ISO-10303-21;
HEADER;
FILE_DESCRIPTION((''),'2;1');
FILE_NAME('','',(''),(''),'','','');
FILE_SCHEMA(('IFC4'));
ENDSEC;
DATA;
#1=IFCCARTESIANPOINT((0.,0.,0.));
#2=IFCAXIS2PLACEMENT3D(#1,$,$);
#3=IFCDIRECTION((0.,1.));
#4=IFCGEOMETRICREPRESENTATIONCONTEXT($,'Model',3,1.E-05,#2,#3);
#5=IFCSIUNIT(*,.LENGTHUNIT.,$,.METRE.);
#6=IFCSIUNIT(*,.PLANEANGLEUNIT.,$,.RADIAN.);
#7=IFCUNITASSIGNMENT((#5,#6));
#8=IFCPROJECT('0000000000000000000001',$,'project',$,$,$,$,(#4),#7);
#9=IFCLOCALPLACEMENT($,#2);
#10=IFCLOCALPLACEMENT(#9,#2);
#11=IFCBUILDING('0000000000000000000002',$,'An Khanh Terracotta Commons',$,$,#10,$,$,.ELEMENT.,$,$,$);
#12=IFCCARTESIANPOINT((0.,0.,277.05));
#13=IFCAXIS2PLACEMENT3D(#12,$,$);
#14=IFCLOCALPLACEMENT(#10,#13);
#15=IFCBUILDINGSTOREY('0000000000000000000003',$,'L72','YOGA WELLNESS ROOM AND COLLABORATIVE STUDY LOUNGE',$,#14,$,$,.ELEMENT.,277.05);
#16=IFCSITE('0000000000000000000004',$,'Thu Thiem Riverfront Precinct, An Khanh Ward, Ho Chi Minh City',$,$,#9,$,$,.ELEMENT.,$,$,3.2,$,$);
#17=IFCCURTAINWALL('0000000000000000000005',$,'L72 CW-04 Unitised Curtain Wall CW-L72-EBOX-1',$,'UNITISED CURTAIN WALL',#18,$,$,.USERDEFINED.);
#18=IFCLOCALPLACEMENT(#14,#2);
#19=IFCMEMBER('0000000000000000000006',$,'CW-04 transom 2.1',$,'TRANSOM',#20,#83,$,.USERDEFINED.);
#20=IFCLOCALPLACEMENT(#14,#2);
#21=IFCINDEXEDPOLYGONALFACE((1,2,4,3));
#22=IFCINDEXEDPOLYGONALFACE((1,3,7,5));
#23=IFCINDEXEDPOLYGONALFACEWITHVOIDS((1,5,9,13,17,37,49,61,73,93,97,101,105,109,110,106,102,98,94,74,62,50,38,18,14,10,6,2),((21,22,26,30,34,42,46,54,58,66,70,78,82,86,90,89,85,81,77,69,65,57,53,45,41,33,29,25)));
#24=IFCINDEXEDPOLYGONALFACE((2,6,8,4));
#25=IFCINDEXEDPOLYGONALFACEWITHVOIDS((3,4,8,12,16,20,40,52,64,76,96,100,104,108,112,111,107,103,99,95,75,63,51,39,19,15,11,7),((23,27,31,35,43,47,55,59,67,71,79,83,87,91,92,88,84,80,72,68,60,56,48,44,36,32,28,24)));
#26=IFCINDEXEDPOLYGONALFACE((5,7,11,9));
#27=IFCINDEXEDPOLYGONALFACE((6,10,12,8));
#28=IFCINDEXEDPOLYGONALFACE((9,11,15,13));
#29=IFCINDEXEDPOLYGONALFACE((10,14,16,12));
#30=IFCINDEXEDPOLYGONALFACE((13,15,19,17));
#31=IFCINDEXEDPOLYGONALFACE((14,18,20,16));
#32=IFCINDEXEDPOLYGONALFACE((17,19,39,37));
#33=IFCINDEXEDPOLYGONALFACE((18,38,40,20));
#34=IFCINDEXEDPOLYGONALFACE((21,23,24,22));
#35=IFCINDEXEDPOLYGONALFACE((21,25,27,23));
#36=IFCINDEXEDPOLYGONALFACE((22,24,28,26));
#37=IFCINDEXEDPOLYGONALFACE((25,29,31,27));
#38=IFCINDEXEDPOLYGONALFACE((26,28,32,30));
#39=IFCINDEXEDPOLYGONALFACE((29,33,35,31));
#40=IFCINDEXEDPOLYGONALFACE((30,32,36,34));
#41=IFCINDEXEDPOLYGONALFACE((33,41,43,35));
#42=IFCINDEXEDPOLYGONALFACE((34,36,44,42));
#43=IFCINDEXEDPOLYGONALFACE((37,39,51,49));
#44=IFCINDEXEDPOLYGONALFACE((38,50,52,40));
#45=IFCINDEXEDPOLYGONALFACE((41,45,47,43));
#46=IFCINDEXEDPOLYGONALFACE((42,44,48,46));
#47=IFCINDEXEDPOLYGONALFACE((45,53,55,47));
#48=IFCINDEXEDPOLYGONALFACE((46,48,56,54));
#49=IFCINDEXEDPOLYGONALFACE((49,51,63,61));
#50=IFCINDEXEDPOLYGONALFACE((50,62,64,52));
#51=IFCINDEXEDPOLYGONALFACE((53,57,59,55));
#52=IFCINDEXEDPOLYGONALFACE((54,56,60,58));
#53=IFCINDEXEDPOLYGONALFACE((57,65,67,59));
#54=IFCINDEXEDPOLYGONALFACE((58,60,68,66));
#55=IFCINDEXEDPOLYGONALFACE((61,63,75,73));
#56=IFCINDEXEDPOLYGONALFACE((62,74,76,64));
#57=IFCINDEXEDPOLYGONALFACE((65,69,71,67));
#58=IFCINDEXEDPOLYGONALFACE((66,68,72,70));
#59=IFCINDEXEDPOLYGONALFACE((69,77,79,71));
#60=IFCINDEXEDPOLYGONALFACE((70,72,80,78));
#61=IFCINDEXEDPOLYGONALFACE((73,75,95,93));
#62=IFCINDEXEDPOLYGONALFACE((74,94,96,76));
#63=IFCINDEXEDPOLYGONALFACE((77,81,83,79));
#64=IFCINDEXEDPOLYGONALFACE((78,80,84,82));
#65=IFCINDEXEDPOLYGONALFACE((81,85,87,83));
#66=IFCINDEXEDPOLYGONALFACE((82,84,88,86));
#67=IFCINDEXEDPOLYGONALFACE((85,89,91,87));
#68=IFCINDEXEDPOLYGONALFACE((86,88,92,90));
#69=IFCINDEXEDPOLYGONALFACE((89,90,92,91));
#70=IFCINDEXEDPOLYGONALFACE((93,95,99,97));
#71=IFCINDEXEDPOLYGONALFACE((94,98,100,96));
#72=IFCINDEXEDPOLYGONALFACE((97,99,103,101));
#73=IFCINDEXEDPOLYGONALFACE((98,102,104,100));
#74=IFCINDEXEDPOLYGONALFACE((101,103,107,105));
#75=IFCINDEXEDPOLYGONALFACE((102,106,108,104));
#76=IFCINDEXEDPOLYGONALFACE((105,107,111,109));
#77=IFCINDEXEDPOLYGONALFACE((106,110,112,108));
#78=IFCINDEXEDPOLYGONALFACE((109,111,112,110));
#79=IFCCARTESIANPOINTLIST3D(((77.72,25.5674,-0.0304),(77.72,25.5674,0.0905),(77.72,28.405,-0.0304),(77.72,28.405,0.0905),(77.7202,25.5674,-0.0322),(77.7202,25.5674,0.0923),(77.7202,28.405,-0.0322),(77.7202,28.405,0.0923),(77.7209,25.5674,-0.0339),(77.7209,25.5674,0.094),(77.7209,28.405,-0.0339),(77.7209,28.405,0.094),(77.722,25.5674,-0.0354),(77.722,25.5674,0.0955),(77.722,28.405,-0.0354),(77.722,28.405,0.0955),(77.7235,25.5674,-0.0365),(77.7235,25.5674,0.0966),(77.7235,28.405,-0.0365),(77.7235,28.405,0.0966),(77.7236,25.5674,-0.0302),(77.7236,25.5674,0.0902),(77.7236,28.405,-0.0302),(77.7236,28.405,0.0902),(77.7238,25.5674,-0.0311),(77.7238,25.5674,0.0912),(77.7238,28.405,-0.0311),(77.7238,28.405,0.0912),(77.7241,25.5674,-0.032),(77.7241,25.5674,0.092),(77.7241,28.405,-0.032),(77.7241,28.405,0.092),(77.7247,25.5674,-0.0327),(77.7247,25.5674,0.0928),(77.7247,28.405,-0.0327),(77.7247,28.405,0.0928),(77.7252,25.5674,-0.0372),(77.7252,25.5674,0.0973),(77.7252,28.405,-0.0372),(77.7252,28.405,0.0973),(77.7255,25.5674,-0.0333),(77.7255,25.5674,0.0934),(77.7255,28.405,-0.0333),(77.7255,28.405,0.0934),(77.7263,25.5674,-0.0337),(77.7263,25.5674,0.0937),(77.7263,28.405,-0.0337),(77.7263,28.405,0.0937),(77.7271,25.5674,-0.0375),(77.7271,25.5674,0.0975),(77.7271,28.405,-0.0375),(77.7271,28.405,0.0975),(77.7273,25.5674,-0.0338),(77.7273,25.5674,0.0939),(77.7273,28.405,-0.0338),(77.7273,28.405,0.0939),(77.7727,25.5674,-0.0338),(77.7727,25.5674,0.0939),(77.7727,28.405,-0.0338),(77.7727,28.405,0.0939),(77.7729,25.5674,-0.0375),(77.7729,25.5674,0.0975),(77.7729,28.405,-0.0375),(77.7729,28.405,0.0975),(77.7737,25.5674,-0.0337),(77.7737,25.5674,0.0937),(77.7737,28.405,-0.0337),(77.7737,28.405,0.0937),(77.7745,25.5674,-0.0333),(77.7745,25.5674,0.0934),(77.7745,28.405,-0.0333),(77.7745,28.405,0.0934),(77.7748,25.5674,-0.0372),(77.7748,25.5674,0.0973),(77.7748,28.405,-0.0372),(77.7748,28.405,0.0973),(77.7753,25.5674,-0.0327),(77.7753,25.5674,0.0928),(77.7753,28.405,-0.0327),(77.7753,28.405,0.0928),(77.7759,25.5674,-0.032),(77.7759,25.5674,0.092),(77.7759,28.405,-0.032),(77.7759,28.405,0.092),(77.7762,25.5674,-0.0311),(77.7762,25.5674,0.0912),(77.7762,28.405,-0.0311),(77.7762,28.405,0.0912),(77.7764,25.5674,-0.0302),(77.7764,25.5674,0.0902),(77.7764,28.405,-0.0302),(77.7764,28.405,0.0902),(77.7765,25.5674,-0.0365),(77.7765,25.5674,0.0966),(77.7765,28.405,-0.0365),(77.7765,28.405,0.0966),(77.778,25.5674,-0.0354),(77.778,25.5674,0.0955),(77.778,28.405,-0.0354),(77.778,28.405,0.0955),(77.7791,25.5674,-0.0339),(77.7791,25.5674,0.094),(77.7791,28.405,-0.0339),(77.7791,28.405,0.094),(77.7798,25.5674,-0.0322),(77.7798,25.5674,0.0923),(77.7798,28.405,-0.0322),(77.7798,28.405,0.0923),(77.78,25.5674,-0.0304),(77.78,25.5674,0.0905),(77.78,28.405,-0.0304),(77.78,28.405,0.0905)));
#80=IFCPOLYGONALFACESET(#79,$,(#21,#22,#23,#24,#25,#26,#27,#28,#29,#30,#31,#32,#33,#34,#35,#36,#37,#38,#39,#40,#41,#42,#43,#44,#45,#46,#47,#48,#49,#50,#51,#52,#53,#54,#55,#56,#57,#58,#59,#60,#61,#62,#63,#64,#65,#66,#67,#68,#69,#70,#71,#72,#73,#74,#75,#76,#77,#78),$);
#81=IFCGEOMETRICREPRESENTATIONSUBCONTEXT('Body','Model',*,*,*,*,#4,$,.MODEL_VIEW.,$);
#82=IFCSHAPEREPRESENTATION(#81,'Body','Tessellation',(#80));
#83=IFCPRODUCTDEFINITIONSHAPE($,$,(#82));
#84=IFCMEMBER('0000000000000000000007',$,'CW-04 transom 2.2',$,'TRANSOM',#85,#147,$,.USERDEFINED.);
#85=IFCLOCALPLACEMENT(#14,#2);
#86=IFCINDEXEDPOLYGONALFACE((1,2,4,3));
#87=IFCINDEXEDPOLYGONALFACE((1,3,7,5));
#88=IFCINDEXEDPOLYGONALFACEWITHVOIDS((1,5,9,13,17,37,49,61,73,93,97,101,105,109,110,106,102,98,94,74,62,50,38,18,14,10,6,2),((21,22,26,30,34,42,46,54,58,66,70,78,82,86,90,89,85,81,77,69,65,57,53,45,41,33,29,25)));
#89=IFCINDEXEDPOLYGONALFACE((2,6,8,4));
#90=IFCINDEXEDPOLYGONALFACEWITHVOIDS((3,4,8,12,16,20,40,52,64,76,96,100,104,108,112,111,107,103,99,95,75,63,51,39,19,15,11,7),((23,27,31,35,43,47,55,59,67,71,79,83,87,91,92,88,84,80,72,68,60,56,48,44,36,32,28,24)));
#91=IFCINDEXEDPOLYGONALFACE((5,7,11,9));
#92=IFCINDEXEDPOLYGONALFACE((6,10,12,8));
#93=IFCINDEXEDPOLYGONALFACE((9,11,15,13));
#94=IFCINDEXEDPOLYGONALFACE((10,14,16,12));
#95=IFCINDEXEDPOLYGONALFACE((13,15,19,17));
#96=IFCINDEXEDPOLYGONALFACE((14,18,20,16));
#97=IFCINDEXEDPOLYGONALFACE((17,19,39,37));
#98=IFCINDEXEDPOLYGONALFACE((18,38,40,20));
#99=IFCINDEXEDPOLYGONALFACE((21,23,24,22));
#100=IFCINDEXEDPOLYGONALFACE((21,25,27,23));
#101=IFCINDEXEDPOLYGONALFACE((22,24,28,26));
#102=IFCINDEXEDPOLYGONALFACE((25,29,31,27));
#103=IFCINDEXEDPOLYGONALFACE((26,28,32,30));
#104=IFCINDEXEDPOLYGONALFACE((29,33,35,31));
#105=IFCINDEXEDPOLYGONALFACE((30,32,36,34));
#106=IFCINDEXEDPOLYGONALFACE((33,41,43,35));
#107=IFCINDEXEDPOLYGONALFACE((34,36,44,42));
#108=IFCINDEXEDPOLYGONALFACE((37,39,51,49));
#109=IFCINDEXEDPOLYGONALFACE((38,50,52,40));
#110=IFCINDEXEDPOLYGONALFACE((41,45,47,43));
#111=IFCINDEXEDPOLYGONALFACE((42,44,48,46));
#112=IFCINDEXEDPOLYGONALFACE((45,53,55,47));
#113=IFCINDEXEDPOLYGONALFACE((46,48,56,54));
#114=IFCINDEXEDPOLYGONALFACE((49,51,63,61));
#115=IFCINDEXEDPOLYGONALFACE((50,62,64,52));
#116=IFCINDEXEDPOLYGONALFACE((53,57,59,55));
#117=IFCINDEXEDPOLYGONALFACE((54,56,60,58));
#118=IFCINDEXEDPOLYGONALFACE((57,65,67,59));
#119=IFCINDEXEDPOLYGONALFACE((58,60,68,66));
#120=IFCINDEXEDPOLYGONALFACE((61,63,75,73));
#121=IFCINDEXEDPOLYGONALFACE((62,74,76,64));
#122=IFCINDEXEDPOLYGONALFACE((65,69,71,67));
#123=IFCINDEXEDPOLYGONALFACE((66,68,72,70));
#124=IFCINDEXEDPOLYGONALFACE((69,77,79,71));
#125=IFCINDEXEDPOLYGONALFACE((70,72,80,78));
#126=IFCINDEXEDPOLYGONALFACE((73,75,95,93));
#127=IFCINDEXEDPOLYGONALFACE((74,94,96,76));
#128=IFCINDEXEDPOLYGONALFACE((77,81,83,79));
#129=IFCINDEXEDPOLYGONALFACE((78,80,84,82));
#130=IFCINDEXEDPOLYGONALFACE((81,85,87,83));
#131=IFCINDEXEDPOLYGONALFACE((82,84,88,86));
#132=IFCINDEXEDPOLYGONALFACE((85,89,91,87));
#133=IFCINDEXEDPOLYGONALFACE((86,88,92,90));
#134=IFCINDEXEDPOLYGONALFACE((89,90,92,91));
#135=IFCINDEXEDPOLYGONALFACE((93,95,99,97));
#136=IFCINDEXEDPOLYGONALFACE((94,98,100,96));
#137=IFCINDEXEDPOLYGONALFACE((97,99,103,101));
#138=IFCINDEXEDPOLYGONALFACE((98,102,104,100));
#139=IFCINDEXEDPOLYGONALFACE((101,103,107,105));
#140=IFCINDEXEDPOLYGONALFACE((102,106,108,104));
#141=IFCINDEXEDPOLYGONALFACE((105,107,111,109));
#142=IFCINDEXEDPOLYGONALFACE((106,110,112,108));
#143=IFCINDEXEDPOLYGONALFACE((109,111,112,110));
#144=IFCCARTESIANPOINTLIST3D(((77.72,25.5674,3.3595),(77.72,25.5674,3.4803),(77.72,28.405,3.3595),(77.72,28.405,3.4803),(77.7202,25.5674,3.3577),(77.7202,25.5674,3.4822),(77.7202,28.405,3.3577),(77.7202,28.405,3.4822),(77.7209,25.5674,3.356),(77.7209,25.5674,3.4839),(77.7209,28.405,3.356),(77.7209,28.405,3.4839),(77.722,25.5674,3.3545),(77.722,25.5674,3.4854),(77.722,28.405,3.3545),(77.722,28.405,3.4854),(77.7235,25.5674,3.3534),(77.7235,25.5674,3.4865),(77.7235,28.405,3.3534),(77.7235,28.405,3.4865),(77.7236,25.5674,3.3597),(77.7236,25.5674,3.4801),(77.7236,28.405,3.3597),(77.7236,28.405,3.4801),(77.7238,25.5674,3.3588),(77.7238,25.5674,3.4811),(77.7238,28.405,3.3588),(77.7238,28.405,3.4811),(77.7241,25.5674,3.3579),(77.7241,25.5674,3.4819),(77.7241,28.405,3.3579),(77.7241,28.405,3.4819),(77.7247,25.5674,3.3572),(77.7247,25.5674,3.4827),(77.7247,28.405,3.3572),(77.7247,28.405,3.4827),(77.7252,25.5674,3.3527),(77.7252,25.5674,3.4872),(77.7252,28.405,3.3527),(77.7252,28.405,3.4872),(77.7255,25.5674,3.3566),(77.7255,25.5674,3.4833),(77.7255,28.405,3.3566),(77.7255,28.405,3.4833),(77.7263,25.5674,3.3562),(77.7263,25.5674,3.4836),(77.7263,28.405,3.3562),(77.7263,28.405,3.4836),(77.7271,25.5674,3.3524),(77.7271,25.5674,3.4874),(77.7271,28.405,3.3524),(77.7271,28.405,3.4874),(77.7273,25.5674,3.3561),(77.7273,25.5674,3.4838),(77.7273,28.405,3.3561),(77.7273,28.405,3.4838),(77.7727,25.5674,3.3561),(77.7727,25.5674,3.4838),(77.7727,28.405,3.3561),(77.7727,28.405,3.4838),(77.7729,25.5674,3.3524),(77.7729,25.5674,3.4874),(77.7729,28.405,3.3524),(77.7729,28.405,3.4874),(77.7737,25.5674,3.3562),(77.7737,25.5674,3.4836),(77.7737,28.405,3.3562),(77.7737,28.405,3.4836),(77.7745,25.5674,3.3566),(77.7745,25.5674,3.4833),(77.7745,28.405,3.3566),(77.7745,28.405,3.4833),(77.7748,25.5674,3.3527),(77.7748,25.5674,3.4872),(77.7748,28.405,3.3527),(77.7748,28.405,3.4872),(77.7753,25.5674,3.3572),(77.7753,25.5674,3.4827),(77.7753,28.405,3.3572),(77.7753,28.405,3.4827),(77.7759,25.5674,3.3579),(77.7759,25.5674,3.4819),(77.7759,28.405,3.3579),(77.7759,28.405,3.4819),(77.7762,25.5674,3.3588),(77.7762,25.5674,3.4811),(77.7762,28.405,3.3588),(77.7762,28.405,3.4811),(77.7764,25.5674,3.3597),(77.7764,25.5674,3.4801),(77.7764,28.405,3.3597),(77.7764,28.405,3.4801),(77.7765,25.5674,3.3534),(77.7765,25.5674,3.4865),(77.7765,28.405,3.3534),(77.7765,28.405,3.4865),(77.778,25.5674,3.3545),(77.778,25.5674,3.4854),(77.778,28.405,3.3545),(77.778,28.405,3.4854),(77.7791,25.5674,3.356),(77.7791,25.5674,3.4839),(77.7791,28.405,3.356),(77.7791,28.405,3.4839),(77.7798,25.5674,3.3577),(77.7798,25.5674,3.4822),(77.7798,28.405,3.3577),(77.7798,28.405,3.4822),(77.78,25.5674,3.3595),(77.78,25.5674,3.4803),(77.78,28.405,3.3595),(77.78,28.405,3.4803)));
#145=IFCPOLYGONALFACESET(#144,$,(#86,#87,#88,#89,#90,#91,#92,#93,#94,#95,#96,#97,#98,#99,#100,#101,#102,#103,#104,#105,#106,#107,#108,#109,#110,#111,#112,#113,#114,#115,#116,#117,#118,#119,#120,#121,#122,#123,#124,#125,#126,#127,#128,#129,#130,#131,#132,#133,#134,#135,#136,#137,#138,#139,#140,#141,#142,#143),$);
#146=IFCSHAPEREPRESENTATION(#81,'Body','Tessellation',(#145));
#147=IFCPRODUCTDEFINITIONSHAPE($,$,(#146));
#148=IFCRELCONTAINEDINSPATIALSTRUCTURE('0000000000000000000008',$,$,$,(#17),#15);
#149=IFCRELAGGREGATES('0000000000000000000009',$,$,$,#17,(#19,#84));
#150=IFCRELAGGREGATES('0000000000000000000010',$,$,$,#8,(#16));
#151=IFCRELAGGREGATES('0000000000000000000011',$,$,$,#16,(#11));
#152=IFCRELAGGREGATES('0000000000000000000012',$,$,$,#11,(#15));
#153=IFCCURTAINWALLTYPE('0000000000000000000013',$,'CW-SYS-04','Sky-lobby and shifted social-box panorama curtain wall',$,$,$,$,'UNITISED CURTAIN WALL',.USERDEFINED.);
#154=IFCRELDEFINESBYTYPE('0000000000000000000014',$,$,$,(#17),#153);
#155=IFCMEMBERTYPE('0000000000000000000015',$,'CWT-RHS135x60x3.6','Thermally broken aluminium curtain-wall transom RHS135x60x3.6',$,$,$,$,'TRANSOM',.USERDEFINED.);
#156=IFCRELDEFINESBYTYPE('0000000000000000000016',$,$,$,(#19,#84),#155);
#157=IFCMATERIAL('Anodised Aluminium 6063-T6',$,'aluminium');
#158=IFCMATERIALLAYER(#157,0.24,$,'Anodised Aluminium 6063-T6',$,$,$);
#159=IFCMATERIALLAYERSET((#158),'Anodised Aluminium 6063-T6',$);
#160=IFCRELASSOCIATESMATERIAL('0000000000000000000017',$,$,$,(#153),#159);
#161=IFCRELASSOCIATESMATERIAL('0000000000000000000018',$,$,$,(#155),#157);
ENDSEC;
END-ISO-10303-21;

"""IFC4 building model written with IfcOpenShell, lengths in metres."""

from ifc_helpers import new_model, si_unit, direction, frame, origin, origin_2d, place, context, subcontext, project, spatial, hollow_rectangle, extrude, material, layer, layer_set, material_profile, profile_set, type_object, element, aggregate, save


model = new_model("IFC4")

# Units and contexts
model_context = context("Model", 3, precision=1e-05, world=origin(), true_north=direction((0.0, 1.0)))
body_context = subcontext(model_context, "Body", "Model", "MODEL_VIEW")
ifc_project = project(units=[si_unit("LENGTHUNIT", "METRE"), si_unit("PLANEANGLEUNIT", "RADIAN")], contexts=[model_context])

# Site, building, storey
site_placement = place(None, origin())
site = spatial("IfcSite", under=ifc_project, at=site_placement, Name="Thu Thiem Riverfront Precinct, An Khanh Ward, Ho Chi Minh City", CompositionType="ELEMENT", RefElevation=3.2)
building_placement = place(site_placement, origin())
building = spatial("IfcBuilding", under=site, at=building_placement, Name="An Khanh Terracotta Commons", CompositionType="ELEMENT")
storey_placement = place(building_placement, frame((0.0, 0.0, 277.05)))
storey = spatial("IfcBuildingStorey", under=building, at=storey_placement, Name="L72", Description="YOGA WELLNESS ROOM AND COLLABORATIVE STUDY LOUNGE", CompositionType="ELEMENT", Elevation=277.05)

# Curtain wall
ifc_material_1 = material(Name="Anodised Aluminium 6063-T6", Category="aluminium")
ifc_layer_1 = layer(ifc_material_1, 0.24, Name="Anodised Aluminium 6063-T6")
ifc_layer_set_1 = layer_set([ifc_layer_1], Name="Anodised Aluminium 6063-T6")
curtain_wall_type_1 = type_object("IfcCurtainWallType", Name="CW-SYS-04", Description="Sky-lobby and shifted social-box panorama curtain wall", ElementType="UNITISED CURTAIN WALL", PredefinedType="USERDEFINED", material=ifc_layer_set_1)
curtain_wall_1_placement = place(storey_placement, origin())
curtain_wall_1 = element("IfcCurtainWall", 1, at=curtain_wall_1_placement, inside=storey, type_object=curtain_wall_type_1, Name="L72 CW-04 Unitised Curtain Wall CW-L72-EBOX-1", ObjectType="UNITISED CURTAIN WALL", PredefinedType="USERDEFINED")

# Members
ifc_material_profile_1 = material_profile(ifc_material_1, hollow_rectangle(XDim=0.0601, YDim=0.135, WallThickness=0.0037, InnerFilletRadius=0.0037, OuterFilletRadius=0.0071, at=origin_2d()), Name="RHS135x60x3.6")
ifc_profile_set_1 = profile_set([ifc_material_profile_1], Name="Anodised Aluminium 6063-T6")
member_type_1 = type_object("IfcMemberType", Name="CWT-RHS135x60x3.6", Description="Thermally broken aluminium curtain-wall transom RHS135x60x3.6", ElementType="TRANSOM", PredefinedType="USERDEFINED", material=ifc_profile_set_1)
member_1_placement = place(storey_placement, frame((77.75, 25.5674, 0.03), z_axis=(0.0, 1.0, 0.0), x_axis=(-1.0, 0.0, 0.0)))
member_1 = element("IfcMember", 2, at=member_1_placement, type_object=member_type_1, Name="CW-04 transom 2.1", ObjectType="TRANSOM", PredefinedType="USERDEFINED", context=body_context, shape_type="SweptSolid", body=[
    extrude(hollow_rectangle(XDim=0.0601, YDim=0.135, WallThickness=0.0037, InnerFilletRadius=0.0037, OuterFilletRadius=0.0071, at=origin_2d()), origin(), (0.0, 0.0, 1.0), 2.8376),
])
member_2_placement = place(storey_placement, frame((77.75, 25.5674, 3.4199), z_axis=(0.0, 1.0, 0.0), x_axis=(-1.0, 0.0, 0.0)))
member_2 = element("IfcMember", 3, at=member_2_placement, type_object=member_type_1, Name="CW-04 transom 2.2", ObjectType="TRANSOM", PredefinedType="USERDEFINED", context=body_context, shape_type="SweptSolid", body=[
    extrude(hollow_rectangle(XDim=0.0601, YDim=0.135, WallThickness=0.0037, InnerFilletRadius=0.0037, OuterFilletRadius=0.0071, at=origin_2d()), origin(), (0.0, 0.0, 1.0), 2.8376),
])

aggregate(curtain_wall_1, [member_1, member_2])

save(model, "model.ifc")
